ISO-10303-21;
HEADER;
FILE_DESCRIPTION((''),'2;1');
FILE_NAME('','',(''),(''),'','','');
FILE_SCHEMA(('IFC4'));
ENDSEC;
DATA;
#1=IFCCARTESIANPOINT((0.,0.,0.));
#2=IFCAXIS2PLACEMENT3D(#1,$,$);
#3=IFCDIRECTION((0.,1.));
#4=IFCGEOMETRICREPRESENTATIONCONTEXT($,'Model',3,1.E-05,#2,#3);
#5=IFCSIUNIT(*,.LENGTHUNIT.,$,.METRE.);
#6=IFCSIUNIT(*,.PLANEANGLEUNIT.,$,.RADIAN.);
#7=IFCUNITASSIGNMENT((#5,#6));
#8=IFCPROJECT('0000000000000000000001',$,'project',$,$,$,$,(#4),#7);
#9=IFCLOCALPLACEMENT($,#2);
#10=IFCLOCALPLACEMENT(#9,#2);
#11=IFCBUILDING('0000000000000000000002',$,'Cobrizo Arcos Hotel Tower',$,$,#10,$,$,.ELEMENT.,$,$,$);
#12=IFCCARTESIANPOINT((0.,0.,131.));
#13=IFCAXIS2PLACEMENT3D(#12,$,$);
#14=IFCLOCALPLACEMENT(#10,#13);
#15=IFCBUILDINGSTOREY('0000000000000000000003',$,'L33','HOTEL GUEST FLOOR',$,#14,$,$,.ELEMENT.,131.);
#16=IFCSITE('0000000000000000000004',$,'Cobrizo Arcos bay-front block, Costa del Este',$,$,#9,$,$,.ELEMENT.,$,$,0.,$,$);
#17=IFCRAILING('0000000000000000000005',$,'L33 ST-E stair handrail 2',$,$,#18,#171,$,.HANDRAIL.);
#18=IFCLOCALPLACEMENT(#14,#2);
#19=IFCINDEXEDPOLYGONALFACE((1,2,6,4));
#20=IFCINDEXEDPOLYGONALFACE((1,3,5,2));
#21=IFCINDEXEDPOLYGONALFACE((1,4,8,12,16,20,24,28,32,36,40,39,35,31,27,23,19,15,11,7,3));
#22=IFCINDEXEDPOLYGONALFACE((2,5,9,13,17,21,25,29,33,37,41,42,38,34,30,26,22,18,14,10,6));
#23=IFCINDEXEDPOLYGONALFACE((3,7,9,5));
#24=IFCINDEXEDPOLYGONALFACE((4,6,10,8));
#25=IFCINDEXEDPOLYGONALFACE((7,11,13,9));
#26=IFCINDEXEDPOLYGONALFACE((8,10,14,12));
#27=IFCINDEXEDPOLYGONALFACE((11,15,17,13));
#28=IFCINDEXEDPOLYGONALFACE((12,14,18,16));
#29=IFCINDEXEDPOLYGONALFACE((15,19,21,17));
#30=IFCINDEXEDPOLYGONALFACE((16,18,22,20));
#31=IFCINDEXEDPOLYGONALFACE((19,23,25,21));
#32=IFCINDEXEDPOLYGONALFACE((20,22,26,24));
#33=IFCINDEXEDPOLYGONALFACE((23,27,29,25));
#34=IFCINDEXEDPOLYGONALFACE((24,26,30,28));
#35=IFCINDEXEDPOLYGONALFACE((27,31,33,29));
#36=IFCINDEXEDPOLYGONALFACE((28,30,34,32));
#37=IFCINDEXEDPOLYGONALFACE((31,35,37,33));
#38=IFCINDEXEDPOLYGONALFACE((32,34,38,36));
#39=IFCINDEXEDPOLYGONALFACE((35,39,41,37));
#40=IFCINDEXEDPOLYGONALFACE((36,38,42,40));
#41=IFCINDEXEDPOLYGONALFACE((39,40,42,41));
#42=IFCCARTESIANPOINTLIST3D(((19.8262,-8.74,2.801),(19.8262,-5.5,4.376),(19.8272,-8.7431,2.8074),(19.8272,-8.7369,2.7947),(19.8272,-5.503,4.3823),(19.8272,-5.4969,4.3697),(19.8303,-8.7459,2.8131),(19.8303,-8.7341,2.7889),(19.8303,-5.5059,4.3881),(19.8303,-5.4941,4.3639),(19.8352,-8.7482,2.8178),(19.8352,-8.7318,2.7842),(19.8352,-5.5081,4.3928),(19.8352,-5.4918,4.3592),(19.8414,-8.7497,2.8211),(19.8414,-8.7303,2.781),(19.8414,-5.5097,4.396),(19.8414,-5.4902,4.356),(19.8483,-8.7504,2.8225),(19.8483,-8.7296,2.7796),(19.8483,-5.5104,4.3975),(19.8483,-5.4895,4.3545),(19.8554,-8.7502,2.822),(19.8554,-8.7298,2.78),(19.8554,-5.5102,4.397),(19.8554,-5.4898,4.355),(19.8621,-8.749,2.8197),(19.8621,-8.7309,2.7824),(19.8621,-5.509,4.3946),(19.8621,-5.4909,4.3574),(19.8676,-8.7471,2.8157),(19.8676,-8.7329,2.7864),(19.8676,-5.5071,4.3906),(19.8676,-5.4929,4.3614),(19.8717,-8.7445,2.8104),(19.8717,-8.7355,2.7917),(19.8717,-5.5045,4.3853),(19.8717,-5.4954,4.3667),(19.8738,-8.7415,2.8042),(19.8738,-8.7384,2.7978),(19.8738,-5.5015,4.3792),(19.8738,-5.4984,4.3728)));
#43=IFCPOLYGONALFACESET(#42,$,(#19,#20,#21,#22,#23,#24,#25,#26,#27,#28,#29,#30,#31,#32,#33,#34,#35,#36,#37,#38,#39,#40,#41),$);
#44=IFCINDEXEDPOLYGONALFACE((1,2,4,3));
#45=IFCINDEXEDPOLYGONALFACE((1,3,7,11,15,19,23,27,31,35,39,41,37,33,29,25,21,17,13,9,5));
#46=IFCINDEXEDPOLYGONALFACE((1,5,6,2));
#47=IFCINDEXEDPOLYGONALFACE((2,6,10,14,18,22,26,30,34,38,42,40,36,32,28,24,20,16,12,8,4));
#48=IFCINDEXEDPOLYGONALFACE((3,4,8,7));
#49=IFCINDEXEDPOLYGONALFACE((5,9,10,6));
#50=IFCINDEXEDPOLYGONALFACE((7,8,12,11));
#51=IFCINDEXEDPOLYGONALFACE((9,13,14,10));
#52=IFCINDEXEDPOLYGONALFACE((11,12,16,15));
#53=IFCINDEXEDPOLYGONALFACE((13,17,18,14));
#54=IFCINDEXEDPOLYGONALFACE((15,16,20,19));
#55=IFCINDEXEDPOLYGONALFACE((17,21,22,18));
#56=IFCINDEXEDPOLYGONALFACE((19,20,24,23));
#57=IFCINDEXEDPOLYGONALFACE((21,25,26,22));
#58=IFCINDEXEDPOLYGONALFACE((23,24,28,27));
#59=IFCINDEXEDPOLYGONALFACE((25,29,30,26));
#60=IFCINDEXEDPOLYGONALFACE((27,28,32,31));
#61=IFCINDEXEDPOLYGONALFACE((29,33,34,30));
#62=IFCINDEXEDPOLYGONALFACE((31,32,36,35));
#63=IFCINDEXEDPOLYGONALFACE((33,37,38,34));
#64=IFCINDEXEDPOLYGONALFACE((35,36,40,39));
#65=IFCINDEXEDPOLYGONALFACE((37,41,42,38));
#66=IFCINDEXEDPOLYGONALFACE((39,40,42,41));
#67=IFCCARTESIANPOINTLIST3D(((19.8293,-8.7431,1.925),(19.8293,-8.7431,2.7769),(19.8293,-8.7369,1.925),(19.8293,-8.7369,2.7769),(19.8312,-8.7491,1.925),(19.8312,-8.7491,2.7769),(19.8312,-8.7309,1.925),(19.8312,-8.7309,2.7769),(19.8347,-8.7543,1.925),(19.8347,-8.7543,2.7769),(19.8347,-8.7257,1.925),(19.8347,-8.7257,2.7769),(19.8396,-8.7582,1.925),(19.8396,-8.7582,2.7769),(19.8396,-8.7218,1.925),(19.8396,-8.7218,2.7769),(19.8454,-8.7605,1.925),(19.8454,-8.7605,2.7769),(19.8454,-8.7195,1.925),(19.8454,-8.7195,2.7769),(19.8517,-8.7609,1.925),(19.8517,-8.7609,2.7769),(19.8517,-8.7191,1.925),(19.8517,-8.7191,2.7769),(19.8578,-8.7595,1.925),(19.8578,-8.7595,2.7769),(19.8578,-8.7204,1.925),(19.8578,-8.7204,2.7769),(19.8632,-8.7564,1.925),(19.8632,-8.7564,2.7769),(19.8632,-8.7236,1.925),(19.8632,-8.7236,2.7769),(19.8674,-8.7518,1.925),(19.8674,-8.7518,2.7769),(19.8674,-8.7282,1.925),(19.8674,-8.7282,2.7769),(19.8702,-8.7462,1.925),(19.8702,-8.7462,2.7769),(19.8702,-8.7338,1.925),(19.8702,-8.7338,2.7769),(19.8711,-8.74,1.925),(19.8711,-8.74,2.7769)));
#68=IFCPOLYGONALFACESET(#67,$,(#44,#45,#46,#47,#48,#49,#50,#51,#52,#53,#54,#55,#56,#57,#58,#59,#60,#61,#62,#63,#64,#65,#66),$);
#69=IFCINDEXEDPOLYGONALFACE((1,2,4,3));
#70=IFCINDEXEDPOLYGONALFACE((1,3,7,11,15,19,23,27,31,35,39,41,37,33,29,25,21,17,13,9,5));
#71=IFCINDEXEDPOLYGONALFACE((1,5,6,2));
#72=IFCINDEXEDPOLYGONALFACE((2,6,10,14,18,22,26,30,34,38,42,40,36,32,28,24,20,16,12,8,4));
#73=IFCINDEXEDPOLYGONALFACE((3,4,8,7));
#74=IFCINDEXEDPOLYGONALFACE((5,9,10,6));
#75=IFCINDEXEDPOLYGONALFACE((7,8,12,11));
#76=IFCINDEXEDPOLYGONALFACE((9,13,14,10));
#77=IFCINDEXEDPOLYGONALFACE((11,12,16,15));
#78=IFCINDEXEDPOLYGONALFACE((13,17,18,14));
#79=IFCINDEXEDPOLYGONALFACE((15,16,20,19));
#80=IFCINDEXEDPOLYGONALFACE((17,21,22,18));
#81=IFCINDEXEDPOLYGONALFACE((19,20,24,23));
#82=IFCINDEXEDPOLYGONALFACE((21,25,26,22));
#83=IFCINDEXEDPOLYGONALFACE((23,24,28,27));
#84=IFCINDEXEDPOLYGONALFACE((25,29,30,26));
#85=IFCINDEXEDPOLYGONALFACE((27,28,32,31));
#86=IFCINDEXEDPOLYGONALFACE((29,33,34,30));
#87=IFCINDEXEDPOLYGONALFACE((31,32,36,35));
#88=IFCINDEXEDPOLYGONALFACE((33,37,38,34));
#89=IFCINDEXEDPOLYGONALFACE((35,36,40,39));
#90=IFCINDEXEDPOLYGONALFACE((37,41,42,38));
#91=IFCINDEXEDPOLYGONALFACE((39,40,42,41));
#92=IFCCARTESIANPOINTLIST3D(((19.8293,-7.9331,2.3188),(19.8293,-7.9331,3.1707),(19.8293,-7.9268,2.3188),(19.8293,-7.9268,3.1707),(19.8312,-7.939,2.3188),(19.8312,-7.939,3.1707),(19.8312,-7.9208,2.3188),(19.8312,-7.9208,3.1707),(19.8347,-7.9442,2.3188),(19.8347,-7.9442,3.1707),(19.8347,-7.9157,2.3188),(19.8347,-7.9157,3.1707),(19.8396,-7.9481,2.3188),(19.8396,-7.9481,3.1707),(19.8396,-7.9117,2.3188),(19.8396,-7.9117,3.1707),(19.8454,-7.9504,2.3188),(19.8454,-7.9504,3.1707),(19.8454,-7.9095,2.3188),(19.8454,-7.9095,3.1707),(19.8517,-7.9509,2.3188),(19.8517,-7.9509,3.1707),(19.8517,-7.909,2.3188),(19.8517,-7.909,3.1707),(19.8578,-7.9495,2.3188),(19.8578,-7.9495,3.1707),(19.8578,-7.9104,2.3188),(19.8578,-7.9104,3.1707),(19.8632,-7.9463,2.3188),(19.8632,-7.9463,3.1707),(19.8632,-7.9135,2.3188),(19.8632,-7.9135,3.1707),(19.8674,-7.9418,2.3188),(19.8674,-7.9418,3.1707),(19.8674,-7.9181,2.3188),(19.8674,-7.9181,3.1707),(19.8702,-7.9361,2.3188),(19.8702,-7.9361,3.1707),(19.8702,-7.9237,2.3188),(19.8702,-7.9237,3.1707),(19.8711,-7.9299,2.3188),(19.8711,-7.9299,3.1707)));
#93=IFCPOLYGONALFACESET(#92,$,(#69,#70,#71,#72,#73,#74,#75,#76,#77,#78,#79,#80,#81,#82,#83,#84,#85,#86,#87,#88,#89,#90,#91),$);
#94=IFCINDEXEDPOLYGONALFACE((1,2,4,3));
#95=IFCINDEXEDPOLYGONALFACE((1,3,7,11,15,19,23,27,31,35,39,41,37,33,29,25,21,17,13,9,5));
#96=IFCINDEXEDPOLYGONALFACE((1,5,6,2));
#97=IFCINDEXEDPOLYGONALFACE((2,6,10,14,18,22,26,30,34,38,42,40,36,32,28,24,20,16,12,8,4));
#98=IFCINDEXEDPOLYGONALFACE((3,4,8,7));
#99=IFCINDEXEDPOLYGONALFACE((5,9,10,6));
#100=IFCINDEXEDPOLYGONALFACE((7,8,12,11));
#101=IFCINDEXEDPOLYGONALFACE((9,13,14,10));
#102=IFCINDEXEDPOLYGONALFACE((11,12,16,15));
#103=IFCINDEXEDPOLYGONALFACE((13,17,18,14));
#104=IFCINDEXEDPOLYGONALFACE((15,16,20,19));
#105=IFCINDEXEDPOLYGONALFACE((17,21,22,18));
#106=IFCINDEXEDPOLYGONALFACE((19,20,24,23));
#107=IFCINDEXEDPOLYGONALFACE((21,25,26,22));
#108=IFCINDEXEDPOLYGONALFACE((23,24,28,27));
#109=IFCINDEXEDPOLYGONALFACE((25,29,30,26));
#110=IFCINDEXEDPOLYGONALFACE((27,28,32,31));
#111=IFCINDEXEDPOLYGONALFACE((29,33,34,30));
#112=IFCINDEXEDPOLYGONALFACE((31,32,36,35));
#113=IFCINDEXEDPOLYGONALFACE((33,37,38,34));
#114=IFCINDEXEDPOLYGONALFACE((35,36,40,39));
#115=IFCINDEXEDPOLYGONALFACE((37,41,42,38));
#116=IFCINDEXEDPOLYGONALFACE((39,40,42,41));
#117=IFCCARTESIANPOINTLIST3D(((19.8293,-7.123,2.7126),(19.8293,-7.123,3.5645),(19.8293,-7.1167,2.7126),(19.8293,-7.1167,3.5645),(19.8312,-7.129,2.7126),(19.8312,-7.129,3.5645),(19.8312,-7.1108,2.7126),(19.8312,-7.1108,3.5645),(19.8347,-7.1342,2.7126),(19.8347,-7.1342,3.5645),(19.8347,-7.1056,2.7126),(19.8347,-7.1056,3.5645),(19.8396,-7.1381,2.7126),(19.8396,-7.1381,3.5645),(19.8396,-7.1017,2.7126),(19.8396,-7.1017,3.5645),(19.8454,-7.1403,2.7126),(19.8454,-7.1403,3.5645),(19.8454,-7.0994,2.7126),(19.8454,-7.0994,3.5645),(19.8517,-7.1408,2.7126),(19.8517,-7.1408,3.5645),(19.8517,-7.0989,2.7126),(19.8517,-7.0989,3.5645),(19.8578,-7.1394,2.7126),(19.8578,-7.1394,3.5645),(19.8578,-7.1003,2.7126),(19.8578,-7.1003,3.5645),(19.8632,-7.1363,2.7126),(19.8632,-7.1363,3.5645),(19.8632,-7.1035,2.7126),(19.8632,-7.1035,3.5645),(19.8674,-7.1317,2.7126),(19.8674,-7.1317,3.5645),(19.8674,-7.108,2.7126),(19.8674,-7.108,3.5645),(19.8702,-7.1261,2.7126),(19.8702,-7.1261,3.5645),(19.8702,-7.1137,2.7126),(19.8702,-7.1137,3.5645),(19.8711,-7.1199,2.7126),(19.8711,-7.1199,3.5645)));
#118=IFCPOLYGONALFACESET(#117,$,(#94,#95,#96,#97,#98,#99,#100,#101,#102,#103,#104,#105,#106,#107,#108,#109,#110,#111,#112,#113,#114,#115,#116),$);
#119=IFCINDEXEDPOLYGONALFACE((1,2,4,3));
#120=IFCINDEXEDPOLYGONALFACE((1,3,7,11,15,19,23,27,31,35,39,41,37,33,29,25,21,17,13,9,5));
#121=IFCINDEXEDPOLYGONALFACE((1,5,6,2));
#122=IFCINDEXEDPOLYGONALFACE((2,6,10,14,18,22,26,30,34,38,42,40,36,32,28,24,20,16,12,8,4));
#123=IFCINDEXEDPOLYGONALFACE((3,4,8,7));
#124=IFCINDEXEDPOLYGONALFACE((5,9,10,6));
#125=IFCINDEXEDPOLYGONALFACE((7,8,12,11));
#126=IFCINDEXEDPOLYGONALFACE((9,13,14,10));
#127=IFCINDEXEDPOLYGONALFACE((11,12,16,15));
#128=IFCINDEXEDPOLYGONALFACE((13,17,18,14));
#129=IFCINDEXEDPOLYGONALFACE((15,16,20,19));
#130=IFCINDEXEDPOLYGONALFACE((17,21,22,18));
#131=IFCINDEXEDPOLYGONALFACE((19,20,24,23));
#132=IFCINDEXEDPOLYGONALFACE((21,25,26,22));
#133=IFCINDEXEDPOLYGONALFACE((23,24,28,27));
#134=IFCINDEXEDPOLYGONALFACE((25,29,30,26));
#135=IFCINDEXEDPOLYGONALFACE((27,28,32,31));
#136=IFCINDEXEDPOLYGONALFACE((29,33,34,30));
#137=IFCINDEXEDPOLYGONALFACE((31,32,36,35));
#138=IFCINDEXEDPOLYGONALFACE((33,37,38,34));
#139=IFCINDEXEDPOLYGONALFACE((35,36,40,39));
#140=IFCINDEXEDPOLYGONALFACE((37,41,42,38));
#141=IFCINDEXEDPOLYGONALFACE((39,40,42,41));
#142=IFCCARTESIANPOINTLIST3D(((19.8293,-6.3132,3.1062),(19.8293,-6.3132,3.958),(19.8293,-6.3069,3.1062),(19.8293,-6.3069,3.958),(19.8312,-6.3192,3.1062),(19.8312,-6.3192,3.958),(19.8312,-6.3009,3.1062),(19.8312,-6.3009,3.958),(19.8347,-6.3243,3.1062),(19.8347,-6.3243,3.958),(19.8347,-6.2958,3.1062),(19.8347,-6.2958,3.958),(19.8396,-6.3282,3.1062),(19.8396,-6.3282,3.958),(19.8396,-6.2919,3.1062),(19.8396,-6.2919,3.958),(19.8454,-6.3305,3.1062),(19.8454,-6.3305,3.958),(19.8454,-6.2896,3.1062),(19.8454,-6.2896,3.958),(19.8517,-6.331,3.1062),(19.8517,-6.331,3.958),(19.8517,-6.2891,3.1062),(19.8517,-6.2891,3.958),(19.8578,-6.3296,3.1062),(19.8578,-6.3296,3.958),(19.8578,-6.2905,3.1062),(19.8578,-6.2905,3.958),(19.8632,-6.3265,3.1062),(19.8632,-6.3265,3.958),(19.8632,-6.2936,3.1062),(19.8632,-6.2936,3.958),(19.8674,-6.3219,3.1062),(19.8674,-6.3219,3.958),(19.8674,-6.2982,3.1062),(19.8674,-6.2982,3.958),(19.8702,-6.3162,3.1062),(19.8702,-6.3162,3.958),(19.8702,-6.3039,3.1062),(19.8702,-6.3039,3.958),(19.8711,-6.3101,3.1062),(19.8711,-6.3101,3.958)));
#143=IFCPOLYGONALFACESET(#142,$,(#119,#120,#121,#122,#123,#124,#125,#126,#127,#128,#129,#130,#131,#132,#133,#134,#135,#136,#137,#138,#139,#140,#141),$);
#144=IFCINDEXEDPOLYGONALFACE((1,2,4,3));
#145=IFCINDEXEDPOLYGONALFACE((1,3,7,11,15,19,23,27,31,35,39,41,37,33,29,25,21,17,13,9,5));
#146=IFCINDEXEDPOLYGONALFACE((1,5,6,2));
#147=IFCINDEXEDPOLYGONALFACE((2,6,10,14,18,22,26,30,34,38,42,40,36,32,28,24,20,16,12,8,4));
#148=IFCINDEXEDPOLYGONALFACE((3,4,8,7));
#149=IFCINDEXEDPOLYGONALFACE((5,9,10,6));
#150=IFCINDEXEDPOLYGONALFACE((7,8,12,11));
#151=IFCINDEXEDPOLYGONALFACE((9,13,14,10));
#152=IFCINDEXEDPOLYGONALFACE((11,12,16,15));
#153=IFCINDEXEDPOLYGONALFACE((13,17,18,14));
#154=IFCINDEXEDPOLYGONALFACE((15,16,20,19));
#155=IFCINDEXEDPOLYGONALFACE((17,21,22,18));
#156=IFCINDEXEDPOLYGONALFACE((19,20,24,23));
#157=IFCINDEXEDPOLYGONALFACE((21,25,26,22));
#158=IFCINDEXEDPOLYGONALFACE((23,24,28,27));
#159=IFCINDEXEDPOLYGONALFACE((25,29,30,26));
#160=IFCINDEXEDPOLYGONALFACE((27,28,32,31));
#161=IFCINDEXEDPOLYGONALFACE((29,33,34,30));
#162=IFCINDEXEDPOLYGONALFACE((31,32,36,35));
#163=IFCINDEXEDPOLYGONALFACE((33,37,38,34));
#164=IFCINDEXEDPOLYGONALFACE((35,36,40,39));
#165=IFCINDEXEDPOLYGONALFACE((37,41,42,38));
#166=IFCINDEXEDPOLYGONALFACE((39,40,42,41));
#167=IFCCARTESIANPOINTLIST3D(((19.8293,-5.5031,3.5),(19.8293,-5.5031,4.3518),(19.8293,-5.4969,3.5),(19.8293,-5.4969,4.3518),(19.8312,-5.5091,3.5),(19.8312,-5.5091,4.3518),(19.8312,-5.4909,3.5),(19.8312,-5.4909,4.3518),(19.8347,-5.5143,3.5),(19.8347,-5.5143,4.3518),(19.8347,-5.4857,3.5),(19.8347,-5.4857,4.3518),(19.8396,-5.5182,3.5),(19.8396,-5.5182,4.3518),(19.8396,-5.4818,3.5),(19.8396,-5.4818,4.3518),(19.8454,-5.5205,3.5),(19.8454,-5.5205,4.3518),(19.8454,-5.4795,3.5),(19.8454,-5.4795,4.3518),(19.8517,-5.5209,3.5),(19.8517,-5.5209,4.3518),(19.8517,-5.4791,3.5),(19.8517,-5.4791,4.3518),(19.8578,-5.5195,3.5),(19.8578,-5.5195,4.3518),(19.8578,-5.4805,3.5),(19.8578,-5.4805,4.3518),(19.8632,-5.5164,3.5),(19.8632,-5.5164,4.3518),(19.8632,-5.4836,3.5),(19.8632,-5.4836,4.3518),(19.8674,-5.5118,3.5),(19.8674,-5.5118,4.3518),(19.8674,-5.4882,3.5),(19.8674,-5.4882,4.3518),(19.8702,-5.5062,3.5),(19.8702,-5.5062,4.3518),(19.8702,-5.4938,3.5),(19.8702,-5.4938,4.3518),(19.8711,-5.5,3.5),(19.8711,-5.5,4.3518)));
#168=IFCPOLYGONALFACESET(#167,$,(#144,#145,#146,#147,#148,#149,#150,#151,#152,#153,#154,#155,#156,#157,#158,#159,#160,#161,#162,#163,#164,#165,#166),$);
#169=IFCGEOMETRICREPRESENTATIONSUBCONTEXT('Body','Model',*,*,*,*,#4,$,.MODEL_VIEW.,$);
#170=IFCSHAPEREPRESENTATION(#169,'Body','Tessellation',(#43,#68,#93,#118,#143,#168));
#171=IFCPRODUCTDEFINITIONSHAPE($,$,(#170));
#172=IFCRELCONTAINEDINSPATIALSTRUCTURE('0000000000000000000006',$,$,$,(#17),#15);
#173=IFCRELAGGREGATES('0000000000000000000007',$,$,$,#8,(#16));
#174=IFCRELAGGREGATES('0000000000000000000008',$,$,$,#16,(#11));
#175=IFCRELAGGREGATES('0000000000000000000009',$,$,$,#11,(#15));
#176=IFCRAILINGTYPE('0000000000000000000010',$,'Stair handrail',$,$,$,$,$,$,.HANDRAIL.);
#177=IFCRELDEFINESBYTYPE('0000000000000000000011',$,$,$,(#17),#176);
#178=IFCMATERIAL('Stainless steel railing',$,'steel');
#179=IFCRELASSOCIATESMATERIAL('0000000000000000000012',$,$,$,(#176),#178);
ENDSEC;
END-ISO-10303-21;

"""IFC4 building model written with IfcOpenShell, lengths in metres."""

from ifc_helpers import new_model, si_unit, direction, frame, origin, origin_2d, place, context, subcontext, project, spatial, circle, extrude, material, type_object, element, save


model = new_model("IFC4")

# Units and contexts
model_context = context("Model", 3, precision=1e-05, world=origin(), true_north=direction((0.0, 1.0)))
body_context = subcontext(model_context, "Body", "Model", "MODEL_VIEW")
ifc_project = project(units=[si_unit("LENGTHUNIT", "METRE"), si_unit("PLANEANGLEUNIT", "RADIAN")], contexts=[model_context])

# Site, building, storey
site_placement = place(None, origin())
site = spatial("IfcSite", under=ifc_project, at=site_placement, Name="Cobrizo Arcos bay-front block, Costa del Este", CompositionType="ELEMENT", RefElevation=0.0)
building_placement = place(site_placement, origin())
building = spatial("IfcBuilding", under=site, at=building_placement, Name="Cobrizo Arcos Hotel Tower", CompositionType="ELEMENT")
storey_placement = place(building_placement, frame((0.0, 0.0, 131.0)))
storey = spatial("IfcBuildingStorey", under=building, at=storey_placement, Name="L33", Description="HOTEL GUEST FLOOR", CompositionType="ELEMENT", Elevation=131.0)

# Railing
ifc_material_1 = material(Name="Stainless steel railing", Category="steel")
railing_type_1 = type_object("IfcRailingType", Name="Stair handrail", PredefinedType="HANDRAIL", material=ifc_material_1)
railing_1_placement = place(storey_placement, frame((19.8501, -8.74, 1.925)))
element("IfcRailing", 1, at=railing_1_placement, inside=storey, type_object=railing_type_1, Name="L33 ST-E stair handrail 2", PredefinedType="HANDRAIL", context=body_context, shape_type="SweptSolid", body=[
    extrude(circle(Radius=0.0239, at=origin_2d()), frame((0.0, 0.0, 0.876), z_axis=(0.0, 0.899373, 0.437183), x_axis=(-1.0, 0.0, 0.0)), (0.0, 0.0, 1.0), 3.6025),
    extrude(circle(Radius=0.021, at=origin_2d()), origin(), (0.0, 0.0, 1.0), 0.8518),
    extrude(circle(Radius=0.021, at=origin_2d()), frame((0.0, 0.8101, 0.3938)), (0.0, 0.0, 1.0), 0.8518),
    extrude(circle(Radius=0.021, at=origin_2d()), frame((0.0, 1.6201, 0.7876)), (0.0, 0.0, 1.0), 0.8518),
    extrude(circle(Radius=0.021, at=origin_2d()), frame((0.0, 2.4299, 1.1812)), (0.0, 0.0, 1.0), 0.8518),
    extrude(circle(Radius=0.021, at=origin_2d()), frame((0.0, 3.24, 1.575)), (0.0, 0.0, 1.0), 0.8518),
])

save(model, "model.ifc")
